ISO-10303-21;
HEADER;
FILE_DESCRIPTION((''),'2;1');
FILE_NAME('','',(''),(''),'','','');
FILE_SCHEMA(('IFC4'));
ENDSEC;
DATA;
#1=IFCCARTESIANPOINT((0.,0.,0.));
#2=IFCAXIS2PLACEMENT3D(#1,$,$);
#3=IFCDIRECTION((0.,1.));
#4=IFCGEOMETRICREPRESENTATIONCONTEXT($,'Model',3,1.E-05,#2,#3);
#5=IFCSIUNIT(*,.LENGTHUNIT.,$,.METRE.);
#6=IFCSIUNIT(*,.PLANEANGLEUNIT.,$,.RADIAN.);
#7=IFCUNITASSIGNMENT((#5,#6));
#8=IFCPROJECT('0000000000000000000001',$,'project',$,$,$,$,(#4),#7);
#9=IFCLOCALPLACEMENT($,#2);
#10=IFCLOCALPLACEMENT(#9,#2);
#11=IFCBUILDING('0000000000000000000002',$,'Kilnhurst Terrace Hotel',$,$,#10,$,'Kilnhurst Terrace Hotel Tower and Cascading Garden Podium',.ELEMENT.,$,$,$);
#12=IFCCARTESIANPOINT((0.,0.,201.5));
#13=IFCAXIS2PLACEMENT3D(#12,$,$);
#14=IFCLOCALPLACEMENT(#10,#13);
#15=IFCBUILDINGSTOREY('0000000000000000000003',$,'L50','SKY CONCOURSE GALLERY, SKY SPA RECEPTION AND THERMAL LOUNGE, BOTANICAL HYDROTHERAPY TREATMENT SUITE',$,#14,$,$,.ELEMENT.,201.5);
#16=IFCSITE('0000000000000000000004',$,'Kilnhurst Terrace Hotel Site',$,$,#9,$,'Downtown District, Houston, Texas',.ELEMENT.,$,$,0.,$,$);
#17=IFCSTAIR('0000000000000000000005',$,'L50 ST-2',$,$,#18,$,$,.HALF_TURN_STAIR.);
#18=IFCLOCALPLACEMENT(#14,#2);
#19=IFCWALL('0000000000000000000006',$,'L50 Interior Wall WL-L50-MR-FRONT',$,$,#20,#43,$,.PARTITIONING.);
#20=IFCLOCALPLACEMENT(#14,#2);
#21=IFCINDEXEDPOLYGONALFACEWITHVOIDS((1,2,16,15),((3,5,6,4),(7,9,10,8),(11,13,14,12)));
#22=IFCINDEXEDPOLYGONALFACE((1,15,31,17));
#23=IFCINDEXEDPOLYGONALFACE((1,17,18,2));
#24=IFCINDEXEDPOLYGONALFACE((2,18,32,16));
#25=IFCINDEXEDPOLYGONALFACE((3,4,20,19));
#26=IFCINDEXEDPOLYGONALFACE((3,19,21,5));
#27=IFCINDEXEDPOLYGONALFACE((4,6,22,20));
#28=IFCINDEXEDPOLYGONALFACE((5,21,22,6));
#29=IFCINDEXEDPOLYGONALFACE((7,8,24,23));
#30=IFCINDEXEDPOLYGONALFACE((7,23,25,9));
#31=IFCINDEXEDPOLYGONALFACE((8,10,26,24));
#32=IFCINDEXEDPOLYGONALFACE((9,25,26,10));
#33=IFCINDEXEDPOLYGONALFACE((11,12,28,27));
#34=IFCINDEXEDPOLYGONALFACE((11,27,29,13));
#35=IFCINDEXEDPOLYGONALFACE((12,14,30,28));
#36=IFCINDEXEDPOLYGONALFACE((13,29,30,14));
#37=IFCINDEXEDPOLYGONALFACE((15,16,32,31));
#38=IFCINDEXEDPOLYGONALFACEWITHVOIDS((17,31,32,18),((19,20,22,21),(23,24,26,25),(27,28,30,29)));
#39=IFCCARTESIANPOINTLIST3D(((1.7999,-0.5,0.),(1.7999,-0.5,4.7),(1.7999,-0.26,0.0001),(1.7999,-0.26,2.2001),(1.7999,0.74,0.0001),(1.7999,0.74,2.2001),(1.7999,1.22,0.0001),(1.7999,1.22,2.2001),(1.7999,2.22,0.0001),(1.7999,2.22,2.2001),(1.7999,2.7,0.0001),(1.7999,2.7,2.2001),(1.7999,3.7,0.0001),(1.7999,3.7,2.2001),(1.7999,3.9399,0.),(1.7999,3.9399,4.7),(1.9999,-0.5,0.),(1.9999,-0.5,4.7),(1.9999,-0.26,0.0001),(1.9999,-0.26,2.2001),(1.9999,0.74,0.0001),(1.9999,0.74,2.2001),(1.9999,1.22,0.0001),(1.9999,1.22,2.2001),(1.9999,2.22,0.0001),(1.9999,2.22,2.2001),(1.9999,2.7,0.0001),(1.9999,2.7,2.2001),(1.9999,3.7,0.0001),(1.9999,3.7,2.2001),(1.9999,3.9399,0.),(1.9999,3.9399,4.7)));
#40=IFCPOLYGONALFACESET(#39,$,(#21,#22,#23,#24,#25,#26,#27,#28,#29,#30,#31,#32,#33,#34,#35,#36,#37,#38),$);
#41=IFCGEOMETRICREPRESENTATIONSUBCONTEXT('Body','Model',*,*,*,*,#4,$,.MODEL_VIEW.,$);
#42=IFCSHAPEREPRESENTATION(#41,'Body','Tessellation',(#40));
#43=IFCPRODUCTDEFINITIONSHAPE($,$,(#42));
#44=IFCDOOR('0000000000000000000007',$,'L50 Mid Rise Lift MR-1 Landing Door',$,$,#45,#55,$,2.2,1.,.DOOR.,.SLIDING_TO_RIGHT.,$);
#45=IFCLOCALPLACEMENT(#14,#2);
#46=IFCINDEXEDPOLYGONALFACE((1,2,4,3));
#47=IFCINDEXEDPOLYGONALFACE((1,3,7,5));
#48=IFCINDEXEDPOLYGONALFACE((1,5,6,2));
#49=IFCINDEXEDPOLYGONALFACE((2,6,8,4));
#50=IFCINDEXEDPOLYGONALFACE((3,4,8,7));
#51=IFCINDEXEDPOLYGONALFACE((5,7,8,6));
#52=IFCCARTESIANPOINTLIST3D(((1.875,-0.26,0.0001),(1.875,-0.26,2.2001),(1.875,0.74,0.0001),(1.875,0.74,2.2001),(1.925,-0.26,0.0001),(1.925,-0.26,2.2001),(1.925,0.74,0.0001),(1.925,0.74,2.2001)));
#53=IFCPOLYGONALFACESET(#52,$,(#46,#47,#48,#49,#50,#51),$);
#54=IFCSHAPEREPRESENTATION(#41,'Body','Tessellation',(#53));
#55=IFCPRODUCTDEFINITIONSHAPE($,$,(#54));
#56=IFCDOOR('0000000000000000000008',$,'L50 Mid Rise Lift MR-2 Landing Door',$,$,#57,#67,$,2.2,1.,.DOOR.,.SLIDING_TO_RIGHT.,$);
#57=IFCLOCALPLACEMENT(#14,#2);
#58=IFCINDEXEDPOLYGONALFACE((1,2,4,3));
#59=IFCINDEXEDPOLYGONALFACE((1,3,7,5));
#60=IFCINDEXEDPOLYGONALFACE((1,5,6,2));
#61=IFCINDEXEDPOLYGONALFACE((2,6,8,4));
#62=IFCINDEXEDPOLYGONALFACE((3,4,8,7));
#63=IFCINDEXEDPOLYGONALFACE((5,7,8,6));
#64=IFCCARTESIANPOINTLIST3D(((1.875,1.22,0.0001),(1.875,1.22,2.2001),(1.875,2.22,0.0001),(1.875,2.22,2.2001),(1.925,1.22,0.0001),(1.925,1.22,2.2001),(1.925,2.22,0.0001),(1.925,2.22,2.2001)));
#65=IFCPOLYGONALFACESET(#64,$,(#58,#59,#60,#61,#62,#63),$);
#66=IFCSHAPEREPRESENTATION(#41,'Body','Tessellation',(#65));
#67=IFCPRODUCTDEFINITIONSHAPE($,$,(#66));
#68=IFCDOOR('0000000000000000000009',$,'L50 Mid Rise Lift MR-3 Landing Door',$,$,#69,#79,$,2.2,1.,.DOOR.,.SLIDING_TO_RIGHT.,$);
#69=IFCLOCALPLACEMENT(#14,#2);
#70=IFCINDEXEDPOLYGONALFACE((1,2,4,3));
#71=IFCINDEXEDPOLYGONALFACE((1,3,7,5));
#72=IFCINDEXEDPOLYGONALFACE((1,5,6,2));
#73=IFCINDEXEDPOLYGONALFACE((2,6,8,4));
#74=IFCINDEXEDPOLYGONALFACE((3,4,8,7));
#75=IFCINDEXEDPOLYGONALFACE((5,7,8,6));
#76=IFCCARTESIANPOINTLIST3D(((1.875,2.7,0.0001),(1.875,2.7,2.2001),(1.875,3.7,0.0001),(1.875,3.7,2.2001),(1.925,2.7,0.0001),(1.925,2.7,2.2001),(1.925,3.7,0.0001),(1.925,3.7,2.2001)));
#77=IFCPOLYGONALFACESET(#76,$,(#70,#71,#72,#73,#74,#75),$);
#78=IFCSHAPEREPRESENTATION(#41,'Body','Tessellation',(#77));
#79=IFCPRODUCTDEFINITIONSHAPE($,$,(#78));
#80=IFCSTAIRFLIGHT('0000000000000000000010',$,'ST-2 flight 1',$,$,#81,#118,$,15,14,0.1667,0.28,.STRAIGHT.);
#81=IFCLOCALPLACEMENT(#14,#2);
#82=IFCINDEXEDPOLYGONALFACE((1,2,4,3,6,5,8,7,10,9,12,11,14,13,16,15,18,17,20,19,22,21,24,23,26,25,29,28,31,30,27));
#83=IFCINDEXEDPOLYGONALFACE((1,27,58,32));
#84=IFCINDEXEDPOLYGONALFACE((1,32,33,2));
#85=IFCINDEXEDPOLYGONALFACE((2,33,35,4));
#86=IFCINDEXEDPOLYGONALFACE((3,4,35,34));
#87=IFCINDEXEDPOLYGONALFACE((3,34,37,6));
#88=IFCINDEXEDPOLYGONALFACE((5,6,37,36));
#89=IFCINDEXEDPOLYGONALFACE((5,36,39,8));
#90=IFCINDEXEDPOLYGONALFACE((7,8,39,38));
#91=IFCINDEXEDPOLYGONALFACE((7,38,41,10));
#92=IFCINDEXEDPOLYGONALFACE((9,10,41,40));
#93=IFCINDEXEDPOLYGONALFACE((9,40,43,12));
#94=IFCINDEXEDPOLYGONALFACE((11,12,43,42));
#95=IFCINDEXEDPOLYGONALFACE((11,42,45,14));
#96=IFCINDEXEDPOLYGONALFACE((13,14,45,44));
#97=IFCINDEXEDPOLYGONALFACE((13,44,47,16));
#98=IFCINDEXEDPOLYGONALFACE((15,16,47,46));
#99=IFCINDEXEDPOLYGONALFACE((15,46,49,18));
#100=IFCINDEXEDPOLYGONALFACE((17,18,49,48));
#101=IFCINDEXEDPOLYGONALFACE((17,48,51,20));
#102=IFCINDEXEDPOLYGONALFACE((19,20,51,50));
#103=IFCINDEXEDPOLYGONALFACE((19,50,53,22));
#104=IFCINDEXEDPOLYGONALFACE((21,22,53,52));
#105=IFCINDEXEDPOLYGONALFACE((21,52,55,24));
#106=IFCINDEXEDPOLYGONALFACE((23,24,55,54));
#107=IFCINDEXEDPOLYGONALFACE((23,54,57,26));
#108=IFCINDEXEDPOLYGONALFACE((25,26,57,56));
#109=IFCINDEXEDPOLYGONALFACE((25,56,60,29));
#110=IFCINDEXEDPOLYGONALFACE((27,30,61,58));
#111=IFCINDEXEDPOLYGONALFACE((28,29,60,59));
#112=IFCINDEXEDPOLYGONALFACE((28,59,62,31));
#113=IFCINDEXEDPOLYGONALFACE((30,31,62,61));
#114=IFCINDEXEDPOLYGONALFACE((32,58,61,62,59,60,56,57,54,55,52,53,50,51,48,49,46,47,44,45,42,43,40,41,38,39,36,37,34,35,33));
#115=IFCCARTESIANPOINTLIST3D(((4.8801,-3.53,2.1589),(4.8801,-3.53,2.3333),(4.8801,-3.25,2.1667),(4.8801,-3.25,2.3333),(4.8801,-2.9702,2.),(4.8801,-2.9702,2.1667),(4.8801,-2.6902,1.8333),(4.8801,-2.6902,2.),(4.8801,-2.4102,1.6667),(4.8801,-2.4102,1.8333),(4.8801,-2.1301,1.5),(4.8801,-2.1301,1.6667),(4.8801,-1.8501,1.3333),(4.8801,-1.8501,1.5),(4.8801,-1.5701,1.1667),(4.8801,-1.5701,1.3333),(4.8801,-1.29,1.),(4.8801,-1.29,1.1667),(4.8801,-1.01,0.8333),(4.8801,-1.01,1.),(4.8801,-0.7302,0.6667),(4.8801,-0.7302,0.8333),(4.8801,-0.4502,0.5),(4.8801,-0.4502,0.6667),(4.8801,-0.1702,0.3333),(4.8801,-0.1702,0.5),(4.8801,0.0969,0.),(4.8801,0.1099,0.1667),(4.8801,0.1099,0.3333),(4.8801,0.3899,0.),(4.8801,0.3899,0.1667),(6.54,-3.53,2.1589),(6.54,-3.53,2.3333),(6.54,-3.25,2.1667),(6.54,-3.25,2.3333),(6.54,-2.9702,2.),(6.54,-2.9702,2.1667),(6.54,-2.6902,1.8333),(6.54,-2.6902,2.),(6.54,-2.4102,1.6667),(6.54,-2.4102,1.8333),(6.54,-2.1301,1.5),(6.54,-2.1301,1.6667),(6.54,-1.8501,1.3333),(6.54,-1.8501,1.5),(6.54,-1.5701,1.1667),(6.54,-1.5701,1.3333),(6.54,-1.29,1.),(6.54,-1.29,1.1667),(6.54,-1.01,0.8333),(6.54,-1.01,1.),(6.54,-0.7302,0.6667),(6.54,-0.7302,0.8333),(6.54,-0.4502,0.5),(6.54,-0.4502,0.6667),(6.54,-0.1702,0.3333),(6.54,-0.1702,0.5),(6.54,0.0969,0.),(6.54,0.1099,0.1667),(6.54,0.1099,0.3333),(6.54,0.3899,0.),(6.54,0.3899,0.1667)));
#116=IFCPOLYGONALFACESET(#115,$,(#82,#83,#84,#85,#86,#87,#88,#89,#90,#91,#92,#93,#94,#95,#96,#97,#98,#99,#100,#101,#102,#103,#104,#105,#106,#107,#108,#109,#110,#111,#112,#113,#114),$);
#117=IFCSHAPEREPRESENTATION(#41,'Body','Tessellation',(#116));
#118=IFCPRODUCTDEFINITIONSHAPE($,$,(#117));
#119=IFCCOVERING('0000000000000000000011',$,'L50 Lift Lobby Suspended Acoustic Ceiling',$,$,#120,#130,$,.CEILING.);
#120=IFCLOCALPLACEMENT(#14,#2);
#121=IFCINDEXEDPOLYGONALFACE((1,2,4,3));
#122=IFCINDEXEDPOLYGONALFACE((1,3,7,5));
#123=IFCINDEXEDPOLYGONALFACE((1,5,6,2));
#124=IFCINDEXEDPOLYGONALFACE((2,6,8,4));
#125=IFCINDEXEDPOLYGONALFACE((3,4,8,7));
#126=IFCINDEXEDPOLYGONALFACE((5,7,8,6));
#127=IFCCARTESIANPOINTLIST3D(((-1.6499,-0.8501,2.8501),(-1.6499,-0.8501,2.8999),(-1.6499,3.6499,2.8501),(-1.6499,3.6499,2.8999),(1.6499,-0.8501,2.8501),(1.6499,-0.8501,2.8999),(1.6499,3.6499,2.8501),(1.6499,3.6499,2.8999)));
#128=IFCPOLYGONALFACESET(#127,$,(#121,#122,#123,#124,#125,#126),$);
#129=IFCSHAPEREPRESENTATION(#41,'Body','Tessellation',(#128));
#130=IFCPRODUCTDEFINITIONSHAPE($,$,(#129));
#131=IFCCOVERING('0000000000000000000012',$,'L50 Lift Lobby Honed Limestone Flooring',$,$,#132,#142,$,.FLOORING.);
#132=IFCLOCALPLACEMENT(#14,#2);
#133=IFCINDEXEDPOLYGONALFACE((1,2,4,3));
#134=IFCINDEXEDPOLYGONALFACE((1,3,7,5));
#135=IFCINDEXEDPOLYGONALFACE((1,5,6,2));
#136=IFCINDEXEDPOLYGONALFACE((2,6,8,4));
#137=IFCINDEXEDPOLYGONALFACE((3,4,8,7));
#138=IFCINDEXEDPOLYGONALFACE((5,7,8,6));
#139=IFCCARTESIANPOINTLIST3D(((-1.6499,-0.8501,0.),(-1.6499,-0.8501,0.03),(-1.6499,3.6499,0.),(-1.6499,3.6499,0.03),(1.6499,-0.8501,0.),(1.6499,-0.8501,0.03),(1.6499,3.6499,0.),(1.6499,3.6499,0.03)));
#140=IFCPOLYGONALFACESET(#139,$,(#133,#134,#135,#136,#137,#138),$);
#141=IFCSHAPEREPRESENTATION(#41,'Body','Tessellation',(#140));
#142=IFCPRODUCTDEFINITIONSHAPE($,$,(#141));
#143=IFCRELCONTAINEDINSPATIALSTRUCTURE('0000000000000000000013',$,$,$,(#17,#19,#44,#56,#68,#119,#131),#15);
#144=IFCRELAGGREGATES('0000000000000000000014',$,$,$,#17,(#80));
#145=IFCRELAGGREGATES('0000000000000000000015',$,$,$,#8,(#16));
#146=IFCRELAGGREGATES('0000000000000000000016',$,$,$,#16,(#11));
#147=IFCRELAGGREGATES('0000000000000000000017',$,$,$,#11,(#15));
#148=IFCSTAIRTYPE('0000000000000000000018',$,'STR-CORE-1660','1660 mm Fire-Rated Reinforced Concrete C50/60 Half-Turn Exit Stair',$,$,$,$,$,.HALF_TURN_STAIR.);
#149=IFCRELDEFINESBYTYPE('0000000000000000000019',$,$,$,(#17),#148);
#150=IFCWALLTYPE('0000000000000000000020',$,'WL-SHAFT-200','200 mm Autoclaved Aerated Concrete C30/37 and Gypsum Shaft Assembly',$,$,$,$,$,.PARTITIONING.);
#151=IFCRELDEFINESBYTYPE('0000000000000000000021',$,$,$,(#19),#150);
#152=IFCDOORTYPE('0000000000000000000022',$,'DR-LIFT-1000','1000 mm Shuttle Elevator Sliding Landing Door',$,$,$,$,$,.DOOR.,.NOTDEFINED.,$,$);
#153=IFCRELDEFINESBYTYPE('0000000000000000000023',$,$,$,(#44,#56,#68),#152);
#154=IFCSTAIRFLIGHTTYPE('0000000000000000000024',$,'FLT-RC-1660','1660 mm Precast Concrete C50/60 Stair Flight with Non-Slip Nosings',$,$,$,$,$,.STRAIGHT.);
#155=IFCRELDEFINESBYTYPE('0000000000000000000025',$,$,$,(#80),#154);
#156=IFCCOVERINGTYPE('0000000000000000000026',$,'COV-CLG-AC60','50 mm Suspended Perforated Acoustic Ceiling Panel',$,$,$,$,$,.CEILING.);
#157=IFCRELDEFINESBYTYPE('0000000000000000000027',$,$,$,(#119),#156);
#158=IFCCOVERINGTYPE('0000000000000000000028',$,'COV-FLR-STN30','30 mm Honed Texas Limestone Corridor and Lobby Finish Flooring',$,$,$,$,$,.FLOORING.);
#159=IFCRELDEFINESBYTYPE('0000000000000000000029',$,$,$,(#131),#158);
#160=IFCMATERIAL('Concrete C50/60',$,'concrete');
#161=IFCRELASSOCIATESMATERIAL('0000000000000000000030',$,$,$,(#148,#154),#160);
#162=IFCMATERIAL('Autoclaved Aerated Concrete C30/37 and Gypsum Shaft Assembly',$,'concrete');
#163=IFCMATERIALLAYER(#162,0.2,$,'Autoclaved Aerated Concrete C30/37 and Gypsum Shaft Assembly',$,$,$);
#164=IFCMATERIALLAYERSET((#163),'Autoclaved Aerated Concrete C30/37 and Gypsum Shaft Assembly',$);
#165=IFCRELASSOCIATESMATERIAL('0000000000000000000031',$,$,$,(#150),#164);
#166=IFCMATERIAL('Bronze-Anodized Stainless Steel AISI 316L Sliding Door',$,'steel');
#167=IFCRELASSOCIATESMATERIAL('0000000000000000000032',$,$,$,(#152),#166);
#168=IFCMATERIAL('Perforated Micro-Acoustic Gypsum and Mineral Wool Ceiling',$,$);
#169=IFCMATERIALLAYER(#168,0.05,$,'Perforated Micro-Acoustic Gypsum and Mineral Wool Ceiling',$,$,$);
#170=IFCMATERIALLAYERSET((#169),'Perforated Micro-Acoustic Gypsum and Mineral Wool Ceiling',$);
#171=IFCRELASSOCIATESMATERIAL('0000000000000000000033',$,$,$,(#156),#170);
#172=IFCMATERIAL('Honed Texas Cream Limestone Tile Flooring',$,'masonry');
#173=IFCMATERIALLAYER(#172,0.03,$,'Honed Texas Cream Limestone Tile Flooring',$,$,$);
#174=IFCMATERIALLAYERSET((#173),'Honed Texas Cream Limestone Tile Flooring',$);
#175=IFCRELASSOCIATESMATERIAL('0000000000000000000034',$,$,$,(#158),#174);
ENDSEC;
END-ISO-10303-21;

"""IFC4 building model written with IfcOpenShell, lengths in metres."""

from ifc_helpers import new_model, si_unit, direction, frame, frame_2d, origin, place, context, subcontext, project, spatial, polyline, rectangle, outline, extrude, material, layer, layer_set, type_object, element, fill, aggregate, save


model = new_model("IFC4")

# Units and contexts
model_context = context("Model", 3, precision=1e-05, world=origin(), true_north=direction((0.0, 1.0)))
body_context = subcontext(model_context, "Body", "Model", "MODEL_VIEW")
ifc_project = project(units=[si_unit("LENGTHUNIT", "METRE"), si_unit("PLANEANGLEUNIT", "RADIAN")], contexts=[model_context])

# Site, building, storey
site_placement = place(None, origin())
site = spatial("IfcSite", under=ifc_project, at=site_placement, Name="Kilnhurst Terrace Hotel Site", LongName="Downtown District, Houston, Texas", CompositionType="ELEMENT", RefElevation=0.0)
building_placement = place(site_placement, origin())
building = spatial("IfcBuilding", under=site, at=building_placement, Name="Kilnhurst Terrace Hotel", LongName="Kilnhurst Terrace Hotel Tower and Cascading Garden Podium", CompositionType="ELEMENT")
storey_placement = place(building_placement, frame((0.0, 0.0, 201.5)))
storey = spatial("IfcBuildingStorey", under=building, at=storey_placement, Name="L50", Description="SKY CONCOURSE GALLERY, SKY SPA RECEPTION AND THERMAL LOUNGE, BOTANICAL HYDROTHERAPY TREATMENT SUITE", CompositionType="ELEMENT", Elevation=201.5)

# Shared definitions
ifc_material_1 = material(Name="Concrete C50/60", Category="concrete")

# Stair
stair_type = type_object("IfcStairType", Name="STR-CORE-1660", Description="1660 mm Fire-Rated Reinforced Concrete C50/60 Half-Turn Exit Stair", PredefinedType="HALF_TURN_STAIR", material=ifc_material_1)
stair_1_placement = place(storey_placement, origin())
stair_1 = element("IfcStair", 1, at=stair_1_placement, inside=storey, type_object=stair_type, Name="L50 ST-2", PredefinedType="HALF_TURN_STAIR")

# Wall, openings, doors
ifc_material_2 = material(Name="Autoclaved Aerated Concrete C30/37 and Gypsum Shaft Assembly", Category="concrete")
ifc_layer_1 = layer(ifc_material_2, 0.2, Name="Autoclaved Aerated Concrete C30/37 and Gypsum Shaft Assembly")
ifc_layer_set_1 = layer_set([ifc_layer_1], Name="Autoclaved Aerated Concrete C30/37 and Gypsum Shaft Assembly")
wall_type_1 = type_object("IfcWallType", Name="WL-SHAFT-200", Description="200 mm Autoclaved Aerated Concrete C30/37 and Gypsum Shaft Assembly", PredefinedType="PARTITIONING", material=ifc_layer_set_1)
wall_1_placement = place(storey_placement, frame((1.8999, -0.5, 0.0), z_axis=(0.0, 0.0, 1.0), x_axis=(0.0, 1.0, 0.0)))
wall_1 = element("IfcWall", 2, at=wall_1_placement, inside=storey, type_object=wall_type_1, Name="L50 Interior Wall WL-L50-MR-FRONT", PredefinedType="PARTITIONING", context=body_context, shape_type="SweptSolid", body=[
    extrude(rectangle(XDim=4.4399, YDim=0.2, at=frame_2d((2.22, 0.0))), origin(), (0.0, 0.0, 1.0), 4.7),
])
opening_1_placement = place(wall_1_placement, frame((0.24, 0.0, 0.0)))
opening_1 = element("IfcOpeningElement", 3, at=opening_1_placement, cuts=wall_1, PredefinedType="OPENING", context=body_context, shape_type="SweptSolid", body=[
    extrude(rectangle(XDim=1.0, YDim=2.2, at=frame_2d((0.5, 1.1001))), frame((0.0, 0.1099, 0.0), z_axis=(0.0, -1.0, 0.0), x_axis=(1.0, 0.0, 0.0)), (0.0, 0.0, 1.0), 0.22),
])
opening_2_placement = place(wall_1_placement, frame((1.72, 0.0, 0.0)))
opening_2 = element("IfcOpeningElement", 4, at=opening_2_placement, cuts=wall_1, PredefinedType="OPENING", context=body_context, shape_type="SweptSolid", body=[
    extrude(rectangle(XDim=1.0, YDim=2.2, at=frame_2d((0.5, 1.1001))), frame((0.0, 0.1099, 0.0), z_axis=(0.0, -1.0, 0.0), x_axis=(1.0, 0.0, 0.0)), (0.0, 0.0, 1.0), 0.22),
])
opening_3_placement = place(wall_1_placement, frame((3.2, 0.0, 0.0)))
opening_3 = element("IfcOpeningElement", 5, at=opening_3_placement, cuts=wall_1, PredefinedType="OPENING", context=body_context, shape_type="SweptSolid", body=[
    extrude(rectangle(XDim=1.0, YDim=2.2, at=frame_2d((0.5, 1.1001))), frame((0.0, 0.1099, 0.0), z_axis=(0.0, -1.0, 0.0), x_axis=(1.0, 0.0, 0.0)), (0.0, 0.0, 1.0), 0.22),
])
ifc_material_3 = material(Name="Bronze-Anodized Stainless Steel AISI 316L Sliding Door", Category="steel")
door_type_1 = type_object("IfcDoorType", Name="DR-LIFT-1000", Description="1000 mm Shuttle Elevator Sliding Landing Door", OperationType="NOTDEFINED", PredefinedType="DOOR", material=ifc_material_3)
door_1_placement = place(opening_1_placement, origin())
door_1 = element("IfcDoor", 6, at=door_1_placement, inside=storey, type_object=door_type_1, Name="L50 Mid Rise Lift MR-1 Landing Door", OperationType="SLIDING_TO_RIGHT", OverallHeight=2.2, OverallWidth=1.0, PredefinedType="DOOR", context=body_context, shape_type="SweptSolid", body=[
    extrude(rectangle(XDim=1.0, YDim=2.2, at=frame_2d((0.5, 1.1001))), frame((0.0, 0.0249, 0.0), z_axis=(0.0, -1.0, 0.0), x_axis=(1.0, 0.0, 0.0)), (0.0, 0.0, 1.0), 0.05),
])
fill(opening_1, door_1)
door_2_placement = place(opening_2_placement, origin())
door_2 = element("IfcDoor", 7, at=door_2_placement, inside=storey, type_object=door_type_1, Name="L50 Mid Rise Lift MR-2 Landing Door", OperationType="SLIDING_TO_RIGHT", OverallHeight=2.2, OverallWidth=1.0, PredefinedType="DOOR", context=body_context, shape_type="SweptSolid", body=[
    extrude(rectangle(XDim=1.0, YDim=2.2, at=frame_2d((0.5, 1.1001))), frame((0.0, 0.0249, 0.0), z_axis=(0.0, -1.0, 0.0), x_axis=(1.0, 0.0, 0.0)), (0.0, 0.0, 1.0), 0.05),
])
fill(opening_2, door_2)
door_3_placement = place(opening_3_placement, origin())
door_3 = element("IfcDoor", 8, at=door_3_placement, inside=storey, type_object=door_type_1, Name="L50 Mid Rise Lift MR-3 Landing Door", OperationType="SLIDING_TO_RIGHT", OverallHeight=2.2, OverallWidth=1.0, PredefinedType="DOOR", context=body_context, shape_type="SweptSolid", body=[
    extrude(rectangle(XDim=1.0, YDim=2.2, at=frame_2d((0.5, 1.1001))), frame((0.0, 0.0249, 0.0), z_axis=(0.0, -1.0, 0.0), x_axis=(1.0, 0.0, 0.0)), (0.0, 0.0, 1.0), 0.05),
])
fill(opening_3, door_3)

# Stair flight
stair_flight_type = type_object("IfcStairFlightType", Name="FLT-RC-1660", Description="1660 mm Precast Concrete C50/60 Stair Flight with Non-Slip Nosings", PredefinedType="STRAIGHT", material=ifc_material_1)
stair_flight_placement = place(storey_placement, frame((5.71, 0.3899, 0.0), z_axis=(0.0, 0.0, 1.0), x_axis=(0.0, -1.0, 0.0)))
stair_flight = element("IfcStairFlight", 9, at=stair_flight_placement, type_object=stair_flight_type, Name="ST-2 flight 1", NumberOfRisers=15, NumberOfTreads=14, PredefinedType="STRAIGHT", RiserHeight=0.1667, TreadLength=0.28, context=body_context, shape_type="SweptSolid", body=[
    extrude(outline(polyline([(0.0, 0.0), (0.0, 0.1667), (0.28, 0.1667), (0.28, 0.3333), (0.5601, 0.3333), (0.5601, 0.5), (0.8401, 0.5), (0.8401, 0.6667), (1.1201, 0.6667), (1.1201, 0.8333), (1.3999, 0.8333), (1.3999, 1.0), (1.6799, 1.0), (1.6799, 1.1667), (1.96, 1.1667), (1.96, 1.3333), (2.24, 1.3333), (2.24, 1.5), (2.52, 1.5), (2.52, 1.6667), (2.8, 1.6667), (2.8, 1.8333), (3.0801, 1.8333), (3.0801, 2.0), (3.3601, 2.0), (3.3601, 2.1667), (3.6399, 2.1667), (3.6399, 2.3333), (3.9199, 2.3333), (3.9199, 2.5), (3.9199, 2.1589), (0.293, 0.0), (0.0, 0.0)])), frame((0.0, 0.8301, 0.0), z_axis=(0.0, -1.0, 0.0), x_axis=(1.0, 0.0, 0.0)), (0.0, 0.0, 1.0), 1.6599),
])
aggregate(stair_1, [stair_flight])

# Coverings
ifc_material_4 = material(Name="Perforated Micro-Acoustic Gypsum and Mineral Wool Ceiling")
ifc_layer_2 = layer(ifc_material_4, 0.05, Name="Perforated Micro-Acoustic Gypsum and Mineral Wool Ceiling")
ifc_layer_set_2 = layer_set([ifc_layer_2], Name="Perforated Micro-Acoustic Gypsum and Mineral Wool Ceiling")
covering_type_1 = type_object("IfcCoveringType", Name="COV-CLG-AC60", Description="50 mm Suspended Perforated Acoustic Ceiling Panel", PredefinedType="CEILING", material=ifc_layer_set_2)
covering_1_placement = place(storey_placement, frame((0.0, 0.0, 2.8501)))
element("IfcCovering", 10, at=covering_1_placement, inside=storey, type_object=covering_type_1, Name="L50 Lift Lobby Suspended Acoustic Ceiling", PredefinedType="CEILING", context=body_context, shape_type="SweptSolid", body=[
    extrude(outline(polyline([(-1.6499, -0.8501), (1.6499, -0.8501), (1.6499, 3.6499), (-1.6499, 3.6499), (-1.6499, -0.8501)])), origin(), (0.0, 0.0, 1.0), 0.0498),
])
ifc_material_5 = material(Name="Honed Texas Cream Limestone Tile Flooring", Category="masonry")
ifc_layer_3 = layer(ifc_material_5, 0.03, Name="Honed Texas Cream Limestone Tile Flooring")
ifc_layer_set_3 = layer_set([ifc_layer_3], Name="Honed Texas Cream Limestone Tile Flooring")
covering_type_2 = type_object("IfcCoveringType", Name="COV-FLR-STN30", Description="30 mm Honed Texas Limestone Corridor and Lobby Finish Flooring", PredefinedType="FLOORING", material=ifc_layer_set_3)
covering_2_placement = place(storey_placement, origin())
element("IfcCovering", 11, at=covering_2_placement, inside=storey, type_object=covering_type_2, Name="L50 Lift Lobby Honed Limestone Flooring", PredefinedType="FLOORING", context=body_context, shape_type="SweptSolid", body=[
    extrude(outline(polyline([(-1.6499, -0.8501), (1.6499, -0.8501), (1.6499, 3.6499), (-1.6499, 3.6499), (-1.6499, -0.8501)])), origin(), (0.0, 0.0, 1.0), 0.03),
])

save(model, "model.ifc")
